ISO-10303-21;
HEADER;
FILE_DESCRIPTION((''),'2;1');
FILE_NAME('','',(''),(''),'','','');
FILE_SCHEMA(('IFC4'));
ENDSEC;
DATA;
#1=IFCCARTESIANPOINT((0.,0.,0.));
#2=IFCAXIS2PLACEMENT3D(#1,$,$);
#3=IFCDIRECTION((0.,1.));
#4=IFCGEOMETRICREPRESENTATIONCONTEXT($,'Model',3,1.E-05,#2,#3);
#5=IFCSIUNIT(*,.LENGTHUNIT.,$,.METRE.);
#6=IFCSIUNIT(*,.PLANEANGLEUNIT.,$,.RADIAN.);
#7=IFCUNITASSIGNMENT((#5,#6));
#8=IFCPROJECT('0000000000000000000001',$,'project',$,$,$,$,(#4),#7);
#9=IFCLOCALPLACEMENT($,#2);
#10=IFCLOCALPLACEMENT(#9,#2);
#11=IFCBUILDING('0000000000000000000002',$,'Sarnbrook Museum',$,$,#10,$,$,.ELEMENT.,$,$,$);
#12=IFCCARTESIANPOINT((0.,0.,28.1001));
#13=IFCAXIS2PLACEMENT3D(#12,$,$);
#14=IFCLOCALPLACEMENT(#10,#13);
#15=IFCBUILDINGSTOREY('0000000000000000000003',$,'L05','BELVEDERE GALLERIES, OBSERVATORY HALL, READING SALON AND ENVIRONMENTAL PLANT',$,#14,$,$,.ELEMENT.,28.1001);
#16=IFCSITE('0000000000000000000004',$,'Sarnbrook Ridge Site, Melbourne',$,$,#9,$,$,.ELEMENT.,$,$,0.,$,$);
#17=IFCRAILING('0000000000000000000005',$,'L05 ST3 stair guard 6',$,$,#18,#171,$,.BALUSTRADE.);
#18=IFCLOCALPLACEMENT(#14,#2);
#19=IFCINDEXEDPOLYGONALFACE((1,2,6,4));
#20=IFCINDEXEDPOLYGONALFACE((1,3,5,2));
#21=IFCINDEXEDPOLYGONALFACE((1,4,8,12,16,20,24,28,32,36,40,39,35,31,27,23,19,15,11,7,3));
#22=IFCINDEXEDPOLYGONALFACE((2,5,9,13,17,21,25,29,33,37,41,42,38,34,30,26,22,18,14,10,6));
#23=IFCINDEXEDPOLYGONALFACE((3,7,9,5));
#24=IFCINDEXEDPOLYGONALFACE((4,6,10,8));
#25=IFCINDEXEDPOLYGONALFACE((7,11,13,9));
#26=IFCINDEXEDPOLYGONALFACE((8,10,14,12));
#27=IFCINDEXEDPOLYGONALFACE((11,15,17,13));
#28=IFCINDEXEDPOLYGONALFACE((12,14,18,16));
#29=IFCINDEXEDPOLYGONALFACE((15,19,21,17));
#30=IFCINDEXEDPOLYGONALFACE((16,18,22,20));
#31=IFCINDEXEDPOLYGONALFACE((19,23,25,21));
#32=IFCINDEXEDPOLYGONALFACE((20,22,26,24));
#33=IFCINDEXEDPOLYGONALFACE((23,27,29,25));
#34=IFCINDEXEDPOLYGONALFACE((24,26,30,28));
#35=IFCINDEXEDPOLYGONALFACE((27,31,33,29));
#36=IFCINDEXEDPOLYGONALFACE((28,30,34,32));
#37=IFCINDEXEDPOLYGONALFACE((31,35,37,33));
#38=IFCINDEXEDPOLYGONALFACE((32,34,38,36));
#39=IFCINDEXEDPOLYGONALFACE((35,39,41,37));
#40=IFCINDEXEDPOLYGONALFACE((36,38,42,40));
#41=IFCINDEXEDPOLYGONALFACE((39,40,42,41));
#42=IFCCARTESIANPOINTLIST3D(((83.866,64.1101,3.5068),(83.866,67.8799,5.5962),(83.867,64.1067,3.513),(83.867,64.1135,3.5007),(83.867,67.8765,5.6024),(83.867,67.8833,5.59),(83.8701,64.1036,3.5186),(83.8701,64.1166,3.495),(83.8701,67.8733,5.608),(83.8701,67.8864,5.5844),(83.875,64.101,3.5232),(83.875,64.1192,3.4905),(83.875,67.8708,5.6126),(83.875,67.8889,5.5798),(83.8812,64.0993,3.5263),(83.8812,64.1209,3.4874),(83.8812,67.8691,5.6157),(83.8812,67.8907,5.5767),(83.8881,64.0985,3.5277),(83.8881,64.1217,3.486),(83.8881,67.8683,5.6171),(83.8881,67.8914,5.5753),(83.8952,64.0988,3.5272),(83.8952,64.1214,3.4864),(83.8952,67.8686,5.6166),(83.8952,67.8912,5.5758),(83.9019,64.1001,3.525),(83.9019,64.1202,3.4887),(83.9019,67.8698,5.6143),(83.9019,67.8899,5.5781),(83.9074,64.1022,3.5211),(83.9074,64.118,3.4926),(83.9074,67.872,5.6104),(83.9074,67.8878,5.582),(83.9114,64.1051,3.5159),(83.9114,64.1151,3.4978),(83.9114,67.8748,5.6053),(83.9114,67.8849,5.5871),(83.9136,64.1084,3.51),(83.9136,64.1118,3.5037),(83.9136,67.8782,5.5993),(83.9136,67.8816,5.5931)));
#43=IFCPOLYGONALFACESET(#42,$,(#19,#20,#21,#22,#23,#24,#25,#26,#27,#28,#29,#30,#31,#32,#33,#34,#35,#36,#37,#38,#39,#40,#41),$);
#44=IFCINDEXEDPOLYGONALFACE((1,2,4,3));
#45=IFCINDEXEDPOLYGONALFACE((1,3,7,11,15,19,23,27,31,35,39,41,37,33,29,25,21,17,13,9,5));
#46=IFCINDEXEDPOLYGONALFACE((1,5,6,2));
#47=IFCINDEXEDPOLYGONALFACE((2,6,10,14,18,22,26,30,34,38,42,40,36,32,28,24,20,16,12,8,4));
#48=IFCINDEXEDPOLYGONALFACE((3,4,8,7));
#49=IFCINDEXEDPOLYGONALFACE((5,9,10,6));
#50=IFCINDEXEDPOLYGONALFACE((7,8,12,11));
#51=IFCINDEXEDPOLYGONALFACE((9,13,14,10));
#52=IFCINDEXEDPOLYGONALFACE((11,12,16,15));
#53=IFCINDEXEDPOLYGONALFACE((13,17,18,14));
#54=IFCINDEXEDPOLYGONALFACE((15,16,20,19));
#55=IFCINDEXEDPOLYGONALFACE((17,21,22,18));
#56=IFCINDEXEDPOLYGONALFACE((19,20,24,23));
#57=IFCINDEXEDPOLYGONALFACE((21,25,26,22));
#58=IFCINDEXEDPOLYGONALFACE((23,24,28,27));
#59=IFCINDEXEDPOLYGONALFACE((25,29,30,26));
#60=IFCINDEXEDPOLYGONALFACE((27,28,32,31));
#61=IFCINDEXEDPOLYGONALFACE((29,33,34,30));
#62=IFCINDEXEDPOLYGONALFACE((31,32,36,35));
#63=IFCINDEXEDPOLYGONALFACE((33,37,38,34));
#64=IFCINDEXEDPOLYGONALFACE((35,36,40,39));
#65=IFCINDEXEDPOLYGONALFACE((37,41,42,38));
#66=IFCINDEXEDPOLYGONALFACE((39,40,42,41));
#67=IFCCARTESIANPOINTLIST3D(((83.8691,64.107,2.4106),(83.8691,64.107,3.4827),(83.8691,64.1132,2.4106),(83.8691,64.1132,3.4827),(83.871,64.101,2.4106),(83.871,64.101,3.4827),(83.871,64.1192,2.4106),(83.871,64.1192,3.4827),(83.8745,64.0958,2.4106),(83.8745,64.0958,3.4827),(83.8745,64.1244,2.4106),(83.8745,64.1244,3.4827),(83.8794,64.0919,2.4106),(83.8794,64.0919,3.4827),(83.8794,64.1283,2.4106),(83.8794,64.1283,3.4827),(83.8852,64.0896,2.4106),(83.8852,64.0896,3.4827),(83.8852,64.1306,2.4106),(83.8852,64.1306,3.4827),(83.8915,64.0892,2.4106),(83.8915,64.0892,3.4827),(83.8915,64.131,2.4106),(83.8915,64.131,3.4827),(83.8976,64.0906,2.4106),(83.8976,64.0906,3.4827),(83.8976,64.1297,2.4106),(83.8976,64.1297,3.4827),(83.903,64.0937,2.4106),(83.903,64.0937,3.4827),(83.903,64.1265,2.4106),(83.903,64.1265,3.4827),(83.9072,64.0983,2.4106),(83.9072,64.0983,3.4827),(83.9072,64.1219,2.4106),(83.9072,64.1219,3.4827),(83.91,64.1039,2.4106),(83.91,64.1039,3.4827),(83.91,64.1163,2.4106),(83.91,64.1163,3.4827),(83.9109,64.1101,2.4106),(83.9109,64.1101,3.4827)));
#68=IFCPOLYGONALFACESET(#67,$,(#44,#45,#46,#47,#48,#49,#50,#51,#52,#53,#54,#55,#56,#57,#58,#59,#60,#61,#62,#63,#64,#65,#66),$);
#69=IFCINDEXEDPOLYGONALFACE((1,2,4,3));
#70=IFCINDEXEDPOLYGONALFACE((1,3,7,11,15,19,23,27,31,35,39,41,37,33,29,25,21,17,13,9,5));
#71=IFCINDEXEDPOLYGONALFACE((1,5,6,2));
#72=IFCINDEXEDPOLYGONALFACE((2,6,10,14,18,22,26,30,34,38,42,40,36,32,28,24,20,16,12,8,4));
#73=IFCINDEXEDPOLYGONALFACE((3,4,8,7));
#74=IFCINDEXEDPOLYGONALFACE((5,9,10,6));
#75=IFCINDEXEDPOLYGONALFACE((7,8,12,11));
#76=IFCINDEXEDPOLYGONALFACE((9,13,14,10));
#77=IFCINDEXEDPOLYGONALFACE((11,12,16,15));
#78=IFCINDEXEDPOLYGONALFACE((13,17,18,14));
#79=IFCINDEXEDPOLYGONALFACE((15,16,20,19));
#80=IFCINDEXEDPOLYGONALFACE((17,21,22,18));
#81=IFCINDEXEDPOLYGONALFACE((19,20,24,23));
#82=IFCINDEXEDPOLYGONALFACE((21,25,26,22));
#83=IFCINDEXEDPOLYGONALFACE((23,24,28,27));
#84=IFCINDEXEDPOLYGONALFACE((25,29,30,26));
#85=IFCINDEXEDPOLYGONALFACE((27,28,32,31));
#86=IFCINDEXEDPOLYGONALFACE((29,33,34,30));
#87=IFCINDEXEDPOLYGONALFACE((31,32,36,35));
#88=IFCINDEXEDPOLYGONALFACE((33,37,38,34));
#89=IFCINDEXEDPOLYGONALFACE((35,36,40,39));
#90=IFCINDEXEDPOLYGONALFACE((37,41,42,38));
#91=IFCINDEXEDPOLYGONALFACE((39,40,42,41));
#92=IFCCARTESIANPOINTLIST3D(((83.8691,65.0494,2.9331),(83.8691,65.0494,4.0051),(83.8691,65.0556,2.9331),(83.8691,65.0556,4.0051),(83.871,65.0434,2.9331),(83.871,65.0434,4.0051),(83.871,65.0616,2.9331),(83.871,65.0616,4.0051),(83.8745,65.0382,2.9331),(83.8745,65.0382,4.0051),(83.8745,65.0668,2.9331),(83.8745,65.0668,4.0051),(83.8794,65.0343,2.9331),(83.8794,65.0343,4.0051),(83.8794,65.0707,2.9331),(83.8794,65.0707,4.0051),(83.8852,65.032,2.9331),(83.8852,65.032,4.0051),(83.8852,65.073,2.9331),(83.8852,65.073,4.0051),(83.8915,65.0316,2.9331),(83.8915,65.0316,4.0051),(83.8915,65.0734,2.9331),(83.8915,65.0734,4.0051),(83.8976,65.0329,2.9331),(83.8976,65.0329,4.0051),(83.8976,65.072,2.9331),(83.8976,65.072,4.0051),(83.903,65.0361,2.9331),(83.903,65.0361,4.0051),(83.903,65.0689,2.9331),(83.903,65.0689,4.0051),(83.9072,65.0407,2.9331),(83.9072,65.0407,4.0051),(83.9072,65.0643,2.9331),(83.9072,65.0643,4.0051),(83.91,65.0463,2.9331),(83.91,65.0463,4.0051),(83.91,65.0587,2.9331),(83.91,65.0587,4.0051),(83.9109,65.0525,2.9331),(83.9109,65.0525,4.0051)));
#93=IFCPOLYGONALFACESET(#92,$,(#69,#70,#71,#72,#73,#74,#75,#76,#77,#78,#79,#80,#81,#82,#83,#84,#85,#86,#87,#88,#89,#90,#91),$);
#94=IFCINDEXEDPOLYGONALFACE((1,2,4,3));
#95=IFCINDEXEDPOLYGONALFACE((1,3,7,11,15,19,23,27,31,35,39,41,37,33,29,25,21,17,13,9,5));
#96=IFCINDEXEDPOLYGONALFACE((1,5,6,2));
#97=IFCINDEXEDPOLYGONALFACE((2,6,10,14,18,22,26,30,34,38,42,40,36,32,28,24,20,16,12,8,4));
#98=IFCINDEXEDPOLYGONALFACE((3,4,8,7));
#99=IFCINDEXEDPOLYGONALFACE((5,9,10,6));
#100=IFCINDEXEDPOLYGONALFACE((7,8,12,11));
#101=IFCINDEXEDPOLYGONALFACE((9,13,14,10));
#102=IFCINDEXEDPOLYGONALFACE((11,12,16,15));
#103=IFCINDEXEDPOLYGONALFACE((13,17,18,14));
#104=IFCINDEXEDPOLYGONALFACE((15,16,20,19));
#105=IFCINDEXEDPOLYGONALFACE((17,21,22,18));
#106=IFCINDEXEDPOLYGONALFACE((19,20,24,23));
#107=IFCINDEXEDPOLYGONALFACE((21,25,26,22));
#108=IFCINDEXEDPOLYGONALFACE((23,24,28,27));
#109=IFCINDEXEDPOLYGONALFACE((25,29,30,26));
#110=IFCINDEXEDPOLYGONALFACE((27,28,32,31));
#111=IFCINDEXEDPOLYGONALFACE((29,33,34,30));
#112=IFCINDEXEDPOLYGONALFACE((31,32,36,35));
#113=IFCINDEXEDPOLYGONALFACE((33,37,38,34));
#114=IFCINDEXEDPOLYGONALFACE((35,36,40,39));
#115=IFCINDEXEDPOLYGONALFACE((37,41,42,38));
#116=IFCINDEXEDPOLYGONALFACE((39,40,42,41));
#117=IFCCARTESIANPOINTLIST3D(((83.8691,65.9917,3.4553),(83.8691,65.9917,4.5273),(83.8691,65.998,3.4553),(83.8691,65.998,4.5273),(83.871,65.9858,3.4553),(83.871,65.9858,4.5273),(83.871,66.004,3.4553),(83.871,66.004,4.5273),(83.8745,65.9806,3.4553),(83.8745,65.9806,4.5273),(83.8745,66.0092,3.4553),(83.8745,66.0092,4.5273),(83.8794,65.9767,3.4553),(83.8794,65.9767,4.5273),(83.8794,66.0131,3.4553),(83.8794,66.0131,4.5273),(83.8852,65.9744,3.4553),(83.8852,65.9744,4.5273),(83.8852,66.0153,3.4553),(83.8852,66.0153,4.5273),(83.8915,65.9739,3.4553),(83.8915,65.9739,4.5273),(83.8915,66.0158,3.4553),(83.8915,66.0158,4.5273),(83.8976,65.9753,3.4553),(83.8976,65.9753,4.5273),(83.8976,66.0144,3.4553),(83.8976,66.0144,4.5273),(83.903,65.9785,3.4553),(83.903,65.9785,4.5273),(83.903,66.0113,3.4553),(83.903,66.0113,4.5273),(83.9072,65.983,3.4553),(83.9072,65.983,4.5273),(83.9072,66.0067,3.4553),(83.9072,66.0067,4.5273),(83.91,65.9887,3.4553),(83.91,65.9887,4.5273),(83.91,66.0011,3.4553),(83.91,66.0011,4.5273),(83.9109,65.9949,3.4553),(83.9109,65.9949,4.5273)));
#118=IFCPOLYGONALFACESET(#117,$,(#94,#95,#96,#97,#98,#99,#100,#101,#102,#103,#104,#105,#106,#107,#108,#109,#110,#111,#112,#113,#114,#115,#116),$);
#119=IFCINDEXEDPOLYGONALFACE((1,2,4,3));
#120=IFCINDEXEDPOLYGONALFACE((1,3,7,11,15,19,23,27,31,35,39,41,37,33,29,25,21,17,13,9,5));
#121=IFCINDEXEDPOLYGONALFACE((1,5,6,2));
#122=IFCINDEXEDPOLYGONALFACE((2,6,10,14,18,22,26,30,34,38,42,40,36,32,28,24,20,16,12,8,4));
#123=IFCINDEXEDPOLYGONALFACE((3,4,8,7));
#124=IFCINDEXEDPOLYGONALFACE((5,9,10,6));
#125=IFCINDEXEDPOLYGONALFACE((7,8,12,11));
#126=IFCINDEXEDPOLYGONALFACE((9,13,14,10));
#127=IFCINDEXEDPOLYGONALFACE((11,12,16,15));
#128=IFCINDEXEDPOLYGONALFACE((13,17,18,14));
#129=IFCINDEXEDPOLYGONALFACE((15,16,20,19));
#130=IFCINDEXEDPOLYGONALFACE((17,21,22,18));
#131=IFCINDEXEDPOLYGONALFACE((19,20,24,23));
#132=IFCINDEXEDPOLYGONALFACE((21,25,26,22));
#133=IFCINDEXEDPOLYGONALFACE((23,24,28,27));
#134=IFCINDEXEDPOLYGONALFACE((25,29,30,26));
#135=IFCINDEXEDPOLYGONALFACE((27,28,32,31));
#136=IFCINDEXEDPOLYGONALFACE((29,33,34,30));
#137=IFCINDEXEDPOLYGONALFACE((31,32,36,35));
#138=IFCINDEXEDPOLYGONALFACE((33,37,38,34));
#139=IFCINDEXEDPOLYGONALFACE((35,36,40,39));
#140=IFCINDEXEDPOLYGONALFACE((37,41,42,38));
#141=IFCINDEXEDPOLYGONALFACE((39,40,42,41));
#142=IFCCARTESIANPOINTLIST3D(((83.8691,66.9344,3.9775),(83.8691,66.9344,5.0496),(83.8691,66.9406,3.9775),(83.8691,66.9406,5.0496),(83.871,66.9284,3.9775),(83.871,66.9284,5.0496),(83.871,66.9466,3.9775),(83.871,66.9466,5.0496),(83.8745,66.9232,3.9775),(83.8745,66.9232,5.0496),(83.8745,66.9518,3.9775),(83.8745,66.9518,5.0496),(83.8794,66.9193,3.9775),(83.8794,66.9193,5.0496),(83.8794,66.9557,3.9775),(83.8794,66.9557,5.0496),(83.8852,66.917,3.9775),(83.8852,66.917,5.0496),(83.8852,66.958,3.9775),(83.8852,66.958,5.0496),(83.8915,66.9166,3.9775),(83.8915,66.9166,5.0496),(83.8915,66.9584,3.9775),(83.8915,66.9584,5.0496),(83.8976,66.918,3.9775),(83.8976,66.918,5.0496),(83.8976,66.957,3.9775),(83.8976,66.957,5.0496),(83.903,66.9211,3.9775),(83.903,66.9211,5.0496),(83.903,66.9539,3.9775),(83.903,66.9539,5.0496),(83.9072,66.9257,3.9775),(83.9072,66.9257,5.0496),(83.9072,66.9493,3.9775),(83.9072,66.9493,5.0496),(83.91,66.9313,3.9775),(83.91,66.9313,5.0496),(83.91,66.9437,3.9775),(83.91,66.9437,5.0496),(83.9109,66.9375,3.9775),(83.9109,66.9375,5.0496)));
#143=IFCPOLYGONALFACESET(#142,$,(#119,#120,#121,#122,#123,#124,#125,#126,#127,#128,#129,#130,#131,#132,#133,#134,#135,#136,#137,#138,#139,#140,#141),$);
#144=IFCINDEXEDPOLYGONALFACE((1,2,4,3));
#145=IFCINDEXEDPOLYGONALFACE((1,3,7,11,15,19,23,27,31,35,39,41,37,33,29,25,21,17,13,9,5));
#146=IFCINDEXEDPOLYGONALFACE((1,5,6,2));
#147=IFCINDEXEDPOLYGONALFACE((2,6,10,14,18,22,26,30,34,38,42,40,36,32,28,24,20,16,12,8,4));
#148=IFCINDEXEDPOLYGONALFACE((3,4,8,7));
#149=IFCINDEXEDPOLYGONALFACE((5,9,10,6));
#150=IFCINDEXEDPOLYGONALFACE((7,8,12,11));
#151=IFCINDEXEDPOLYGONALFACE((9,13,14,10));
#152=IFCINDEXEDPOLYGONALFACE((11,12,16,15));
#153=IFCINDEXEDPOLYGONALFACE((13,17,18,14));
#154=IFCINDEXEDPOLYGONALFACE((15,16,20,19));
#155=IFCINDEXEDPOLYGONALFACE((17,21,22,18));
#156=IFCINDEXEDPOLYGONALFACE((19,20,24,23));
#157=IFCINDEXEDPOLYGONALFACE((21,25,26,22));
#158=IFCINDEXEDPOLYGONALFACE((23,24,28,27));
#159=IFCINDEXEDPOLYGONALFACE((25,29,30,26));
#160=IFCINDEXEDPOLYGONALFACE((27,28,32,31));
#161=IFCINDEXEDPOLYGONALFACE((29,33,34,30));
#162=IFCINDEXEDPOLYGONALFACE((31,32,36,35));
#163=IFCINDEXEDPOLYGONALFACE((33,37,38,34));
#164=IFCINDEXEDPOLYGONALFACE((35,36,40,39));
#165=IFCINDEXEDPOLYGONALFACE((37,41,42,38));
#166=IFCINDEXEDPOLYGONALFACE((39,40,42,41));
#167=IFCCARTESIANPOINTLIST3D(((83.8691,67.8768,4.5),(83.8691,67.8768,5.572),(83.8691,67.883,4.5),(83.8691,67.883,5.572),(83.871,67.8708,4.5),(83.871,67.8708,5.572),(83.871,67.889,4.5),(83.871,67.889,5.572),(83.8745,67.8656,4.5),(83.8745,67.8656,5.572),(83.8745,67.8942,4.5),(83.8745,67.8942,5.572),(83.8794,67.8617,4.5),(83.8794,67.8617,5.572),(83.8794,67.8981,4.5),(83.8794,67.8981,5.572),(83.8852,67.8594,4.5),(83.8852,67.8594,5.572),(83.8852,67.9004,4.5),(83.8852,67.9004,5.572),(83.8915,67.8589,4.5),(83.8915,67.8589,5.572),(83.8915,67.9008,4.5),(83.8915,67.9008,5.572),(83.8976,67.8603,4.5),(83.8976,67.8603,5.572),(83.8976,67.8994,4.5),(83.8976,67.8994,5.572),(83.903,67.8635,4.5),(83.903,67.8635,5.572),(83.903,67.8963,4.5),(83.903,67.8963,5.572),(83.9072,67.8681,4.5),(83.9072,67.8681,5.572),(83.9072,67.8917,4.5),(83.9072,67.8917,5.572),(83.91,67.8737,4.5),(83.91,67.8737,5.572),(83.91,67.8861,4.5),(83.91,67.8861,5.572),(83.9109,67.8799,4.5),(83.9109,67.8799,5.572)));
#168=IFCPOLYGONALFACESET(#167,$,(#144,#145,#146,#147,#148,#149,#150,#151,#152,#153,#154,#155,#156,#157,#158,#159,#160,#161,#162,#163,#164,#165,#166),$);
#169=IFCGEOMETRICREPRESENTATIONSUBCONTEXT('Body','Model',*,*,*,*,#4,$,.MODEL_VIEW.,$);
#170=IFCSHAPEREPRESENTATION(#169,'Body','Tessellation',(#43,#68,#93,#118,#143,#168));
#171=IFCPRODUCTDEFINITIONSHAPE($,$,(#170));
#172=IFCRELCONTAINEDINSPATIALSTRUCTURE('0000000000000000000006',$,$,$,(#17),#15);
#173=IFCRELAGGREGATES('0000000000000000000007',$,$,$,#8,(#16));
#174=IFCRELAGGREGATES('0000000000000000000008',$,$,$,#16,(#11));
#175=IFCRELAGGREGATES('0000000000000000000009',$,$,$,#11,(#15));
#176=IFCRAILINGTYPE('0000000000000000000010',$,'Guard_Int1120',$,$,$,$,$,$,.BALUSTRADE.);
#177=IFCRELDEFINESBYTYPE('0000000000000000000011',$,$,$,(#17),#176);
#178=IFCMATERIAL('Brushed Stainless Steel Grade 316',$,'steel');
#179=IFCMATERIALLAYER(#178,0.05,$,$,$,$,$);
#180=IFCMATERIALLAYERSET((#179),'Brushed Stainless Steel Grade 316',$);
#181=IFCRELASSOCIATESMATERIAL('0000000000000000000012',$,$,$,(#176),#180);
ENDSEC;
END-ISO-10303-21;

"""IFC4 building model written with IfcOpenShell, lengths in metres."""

from ifc_helpers import new_model, si_unit, direction, frame, origin, origin_2d, place, context, subcontext, project, spatial, circle, extrude, material, layer, layer_set, type_object, element, save


model = new_model("IFC4")

# Units and contexts
model_context = context("Model", 3, precision=1e-05, world=origin(), true_north=direction((0.0, 1.0)))
body_context = subcontext(model_context, "Body", "Model", "MODEL_VIEW")
ifc_project = project(units=[si_unit("LENGTHUNIT", "METRE"), si_unit("PLANEANGLEUNIT", "RADIAN")], contexts=[model_context])

# Site, building, storey
site_placement = place(None, origin())
site = spatial("IfcSite", under=ifc_project, at=site_placement, Name="Sarnbrook Ridge Site, Melbourne", CompositionType="ELEMENT", RefElevation=0.0)
building_placement = place(site_placement, origin())
building = spatial("IfcBuilding", under=site, at=building_placement, Name="Sarnbrook Museum", CompositionType="ELEMENT")
storey_placement = place(building_placement, frame((0.0, 0.0, 28.1001)))
storey = spatial("IfcBuildingStorey", under=building, at=storey_placement, Name="L05", Description="BELVEDERE GALLERIES, OBSERVATORY HALL, READING SALON AND ENVIRONMENTAL PLANT", CompositionType="ELEMENT", Elevation=28.1001)

# Shared definitions
ifc_material_1 = material(Name="Brushed Stainless Steel Grade 316", Category="steel")

# Railing
ifc_layer_1 = layer(ifc_material_1, 0.05)
ifc_layer_set_1 = layer_set([ifc_layer_1], Name="Brushed Stainless Steel Grade 316")
railing_type_1 = type_object("IfcRailingType", Name="Guard_Int1120", PredefinedType="BALUSTRADE", material=ifc_layer_set_1)
railing_1_placement = place(storey_placement, frame((83.8899, 64.1101, 2.4106)))
element("IfcRailing", 1, at=railing_1_placement, inside=storey, type_object=railing_type_1, Name="L05 ST3 stair guard 6", PredefinedType="BALUSTRADE", context=body_context, shape_type="SweptSolid", body=[
    extrude(circle(Radius=0.0239, at=origin_2d()), frame((0.0, 0.0, 1.0962), z_axis=(0.0, 0.874646, 0.484763), x_axis=(-1.0, 0.0, 0.0)), (0.0, 0.0, 1.0), 4.3101),
    extrude(circle(Radius=0.021, at=origin_2d()), origin(), (0.0, 0.0, 1.0), 1.072),
    extrude(circle(Radius=0.021, at=origin_2d()), frame((0.0, 0.9424, 0.5225)), (0.0, 0.0, 1.0), 1.072),
    extrude(circle(Radius=0.021, at=origin_2d()), frame((0.0, 1.8848, 1.0447)), (0.0, 0.0, 1.0), 1.072),
    extrude(circle(Radius=0.021, at=origin_2d()), frame((0.0, 2.8274, 1.5669)), (0.0, 0.0, 1.0), 1.072),
    extrude(circle(Radius=0.021, at=origin_2d()), frame((0.0, 3.7698, 2.0894)), (0.0, 0.0, 1.0), 1.072),
])

save(model, "model.ifc")
